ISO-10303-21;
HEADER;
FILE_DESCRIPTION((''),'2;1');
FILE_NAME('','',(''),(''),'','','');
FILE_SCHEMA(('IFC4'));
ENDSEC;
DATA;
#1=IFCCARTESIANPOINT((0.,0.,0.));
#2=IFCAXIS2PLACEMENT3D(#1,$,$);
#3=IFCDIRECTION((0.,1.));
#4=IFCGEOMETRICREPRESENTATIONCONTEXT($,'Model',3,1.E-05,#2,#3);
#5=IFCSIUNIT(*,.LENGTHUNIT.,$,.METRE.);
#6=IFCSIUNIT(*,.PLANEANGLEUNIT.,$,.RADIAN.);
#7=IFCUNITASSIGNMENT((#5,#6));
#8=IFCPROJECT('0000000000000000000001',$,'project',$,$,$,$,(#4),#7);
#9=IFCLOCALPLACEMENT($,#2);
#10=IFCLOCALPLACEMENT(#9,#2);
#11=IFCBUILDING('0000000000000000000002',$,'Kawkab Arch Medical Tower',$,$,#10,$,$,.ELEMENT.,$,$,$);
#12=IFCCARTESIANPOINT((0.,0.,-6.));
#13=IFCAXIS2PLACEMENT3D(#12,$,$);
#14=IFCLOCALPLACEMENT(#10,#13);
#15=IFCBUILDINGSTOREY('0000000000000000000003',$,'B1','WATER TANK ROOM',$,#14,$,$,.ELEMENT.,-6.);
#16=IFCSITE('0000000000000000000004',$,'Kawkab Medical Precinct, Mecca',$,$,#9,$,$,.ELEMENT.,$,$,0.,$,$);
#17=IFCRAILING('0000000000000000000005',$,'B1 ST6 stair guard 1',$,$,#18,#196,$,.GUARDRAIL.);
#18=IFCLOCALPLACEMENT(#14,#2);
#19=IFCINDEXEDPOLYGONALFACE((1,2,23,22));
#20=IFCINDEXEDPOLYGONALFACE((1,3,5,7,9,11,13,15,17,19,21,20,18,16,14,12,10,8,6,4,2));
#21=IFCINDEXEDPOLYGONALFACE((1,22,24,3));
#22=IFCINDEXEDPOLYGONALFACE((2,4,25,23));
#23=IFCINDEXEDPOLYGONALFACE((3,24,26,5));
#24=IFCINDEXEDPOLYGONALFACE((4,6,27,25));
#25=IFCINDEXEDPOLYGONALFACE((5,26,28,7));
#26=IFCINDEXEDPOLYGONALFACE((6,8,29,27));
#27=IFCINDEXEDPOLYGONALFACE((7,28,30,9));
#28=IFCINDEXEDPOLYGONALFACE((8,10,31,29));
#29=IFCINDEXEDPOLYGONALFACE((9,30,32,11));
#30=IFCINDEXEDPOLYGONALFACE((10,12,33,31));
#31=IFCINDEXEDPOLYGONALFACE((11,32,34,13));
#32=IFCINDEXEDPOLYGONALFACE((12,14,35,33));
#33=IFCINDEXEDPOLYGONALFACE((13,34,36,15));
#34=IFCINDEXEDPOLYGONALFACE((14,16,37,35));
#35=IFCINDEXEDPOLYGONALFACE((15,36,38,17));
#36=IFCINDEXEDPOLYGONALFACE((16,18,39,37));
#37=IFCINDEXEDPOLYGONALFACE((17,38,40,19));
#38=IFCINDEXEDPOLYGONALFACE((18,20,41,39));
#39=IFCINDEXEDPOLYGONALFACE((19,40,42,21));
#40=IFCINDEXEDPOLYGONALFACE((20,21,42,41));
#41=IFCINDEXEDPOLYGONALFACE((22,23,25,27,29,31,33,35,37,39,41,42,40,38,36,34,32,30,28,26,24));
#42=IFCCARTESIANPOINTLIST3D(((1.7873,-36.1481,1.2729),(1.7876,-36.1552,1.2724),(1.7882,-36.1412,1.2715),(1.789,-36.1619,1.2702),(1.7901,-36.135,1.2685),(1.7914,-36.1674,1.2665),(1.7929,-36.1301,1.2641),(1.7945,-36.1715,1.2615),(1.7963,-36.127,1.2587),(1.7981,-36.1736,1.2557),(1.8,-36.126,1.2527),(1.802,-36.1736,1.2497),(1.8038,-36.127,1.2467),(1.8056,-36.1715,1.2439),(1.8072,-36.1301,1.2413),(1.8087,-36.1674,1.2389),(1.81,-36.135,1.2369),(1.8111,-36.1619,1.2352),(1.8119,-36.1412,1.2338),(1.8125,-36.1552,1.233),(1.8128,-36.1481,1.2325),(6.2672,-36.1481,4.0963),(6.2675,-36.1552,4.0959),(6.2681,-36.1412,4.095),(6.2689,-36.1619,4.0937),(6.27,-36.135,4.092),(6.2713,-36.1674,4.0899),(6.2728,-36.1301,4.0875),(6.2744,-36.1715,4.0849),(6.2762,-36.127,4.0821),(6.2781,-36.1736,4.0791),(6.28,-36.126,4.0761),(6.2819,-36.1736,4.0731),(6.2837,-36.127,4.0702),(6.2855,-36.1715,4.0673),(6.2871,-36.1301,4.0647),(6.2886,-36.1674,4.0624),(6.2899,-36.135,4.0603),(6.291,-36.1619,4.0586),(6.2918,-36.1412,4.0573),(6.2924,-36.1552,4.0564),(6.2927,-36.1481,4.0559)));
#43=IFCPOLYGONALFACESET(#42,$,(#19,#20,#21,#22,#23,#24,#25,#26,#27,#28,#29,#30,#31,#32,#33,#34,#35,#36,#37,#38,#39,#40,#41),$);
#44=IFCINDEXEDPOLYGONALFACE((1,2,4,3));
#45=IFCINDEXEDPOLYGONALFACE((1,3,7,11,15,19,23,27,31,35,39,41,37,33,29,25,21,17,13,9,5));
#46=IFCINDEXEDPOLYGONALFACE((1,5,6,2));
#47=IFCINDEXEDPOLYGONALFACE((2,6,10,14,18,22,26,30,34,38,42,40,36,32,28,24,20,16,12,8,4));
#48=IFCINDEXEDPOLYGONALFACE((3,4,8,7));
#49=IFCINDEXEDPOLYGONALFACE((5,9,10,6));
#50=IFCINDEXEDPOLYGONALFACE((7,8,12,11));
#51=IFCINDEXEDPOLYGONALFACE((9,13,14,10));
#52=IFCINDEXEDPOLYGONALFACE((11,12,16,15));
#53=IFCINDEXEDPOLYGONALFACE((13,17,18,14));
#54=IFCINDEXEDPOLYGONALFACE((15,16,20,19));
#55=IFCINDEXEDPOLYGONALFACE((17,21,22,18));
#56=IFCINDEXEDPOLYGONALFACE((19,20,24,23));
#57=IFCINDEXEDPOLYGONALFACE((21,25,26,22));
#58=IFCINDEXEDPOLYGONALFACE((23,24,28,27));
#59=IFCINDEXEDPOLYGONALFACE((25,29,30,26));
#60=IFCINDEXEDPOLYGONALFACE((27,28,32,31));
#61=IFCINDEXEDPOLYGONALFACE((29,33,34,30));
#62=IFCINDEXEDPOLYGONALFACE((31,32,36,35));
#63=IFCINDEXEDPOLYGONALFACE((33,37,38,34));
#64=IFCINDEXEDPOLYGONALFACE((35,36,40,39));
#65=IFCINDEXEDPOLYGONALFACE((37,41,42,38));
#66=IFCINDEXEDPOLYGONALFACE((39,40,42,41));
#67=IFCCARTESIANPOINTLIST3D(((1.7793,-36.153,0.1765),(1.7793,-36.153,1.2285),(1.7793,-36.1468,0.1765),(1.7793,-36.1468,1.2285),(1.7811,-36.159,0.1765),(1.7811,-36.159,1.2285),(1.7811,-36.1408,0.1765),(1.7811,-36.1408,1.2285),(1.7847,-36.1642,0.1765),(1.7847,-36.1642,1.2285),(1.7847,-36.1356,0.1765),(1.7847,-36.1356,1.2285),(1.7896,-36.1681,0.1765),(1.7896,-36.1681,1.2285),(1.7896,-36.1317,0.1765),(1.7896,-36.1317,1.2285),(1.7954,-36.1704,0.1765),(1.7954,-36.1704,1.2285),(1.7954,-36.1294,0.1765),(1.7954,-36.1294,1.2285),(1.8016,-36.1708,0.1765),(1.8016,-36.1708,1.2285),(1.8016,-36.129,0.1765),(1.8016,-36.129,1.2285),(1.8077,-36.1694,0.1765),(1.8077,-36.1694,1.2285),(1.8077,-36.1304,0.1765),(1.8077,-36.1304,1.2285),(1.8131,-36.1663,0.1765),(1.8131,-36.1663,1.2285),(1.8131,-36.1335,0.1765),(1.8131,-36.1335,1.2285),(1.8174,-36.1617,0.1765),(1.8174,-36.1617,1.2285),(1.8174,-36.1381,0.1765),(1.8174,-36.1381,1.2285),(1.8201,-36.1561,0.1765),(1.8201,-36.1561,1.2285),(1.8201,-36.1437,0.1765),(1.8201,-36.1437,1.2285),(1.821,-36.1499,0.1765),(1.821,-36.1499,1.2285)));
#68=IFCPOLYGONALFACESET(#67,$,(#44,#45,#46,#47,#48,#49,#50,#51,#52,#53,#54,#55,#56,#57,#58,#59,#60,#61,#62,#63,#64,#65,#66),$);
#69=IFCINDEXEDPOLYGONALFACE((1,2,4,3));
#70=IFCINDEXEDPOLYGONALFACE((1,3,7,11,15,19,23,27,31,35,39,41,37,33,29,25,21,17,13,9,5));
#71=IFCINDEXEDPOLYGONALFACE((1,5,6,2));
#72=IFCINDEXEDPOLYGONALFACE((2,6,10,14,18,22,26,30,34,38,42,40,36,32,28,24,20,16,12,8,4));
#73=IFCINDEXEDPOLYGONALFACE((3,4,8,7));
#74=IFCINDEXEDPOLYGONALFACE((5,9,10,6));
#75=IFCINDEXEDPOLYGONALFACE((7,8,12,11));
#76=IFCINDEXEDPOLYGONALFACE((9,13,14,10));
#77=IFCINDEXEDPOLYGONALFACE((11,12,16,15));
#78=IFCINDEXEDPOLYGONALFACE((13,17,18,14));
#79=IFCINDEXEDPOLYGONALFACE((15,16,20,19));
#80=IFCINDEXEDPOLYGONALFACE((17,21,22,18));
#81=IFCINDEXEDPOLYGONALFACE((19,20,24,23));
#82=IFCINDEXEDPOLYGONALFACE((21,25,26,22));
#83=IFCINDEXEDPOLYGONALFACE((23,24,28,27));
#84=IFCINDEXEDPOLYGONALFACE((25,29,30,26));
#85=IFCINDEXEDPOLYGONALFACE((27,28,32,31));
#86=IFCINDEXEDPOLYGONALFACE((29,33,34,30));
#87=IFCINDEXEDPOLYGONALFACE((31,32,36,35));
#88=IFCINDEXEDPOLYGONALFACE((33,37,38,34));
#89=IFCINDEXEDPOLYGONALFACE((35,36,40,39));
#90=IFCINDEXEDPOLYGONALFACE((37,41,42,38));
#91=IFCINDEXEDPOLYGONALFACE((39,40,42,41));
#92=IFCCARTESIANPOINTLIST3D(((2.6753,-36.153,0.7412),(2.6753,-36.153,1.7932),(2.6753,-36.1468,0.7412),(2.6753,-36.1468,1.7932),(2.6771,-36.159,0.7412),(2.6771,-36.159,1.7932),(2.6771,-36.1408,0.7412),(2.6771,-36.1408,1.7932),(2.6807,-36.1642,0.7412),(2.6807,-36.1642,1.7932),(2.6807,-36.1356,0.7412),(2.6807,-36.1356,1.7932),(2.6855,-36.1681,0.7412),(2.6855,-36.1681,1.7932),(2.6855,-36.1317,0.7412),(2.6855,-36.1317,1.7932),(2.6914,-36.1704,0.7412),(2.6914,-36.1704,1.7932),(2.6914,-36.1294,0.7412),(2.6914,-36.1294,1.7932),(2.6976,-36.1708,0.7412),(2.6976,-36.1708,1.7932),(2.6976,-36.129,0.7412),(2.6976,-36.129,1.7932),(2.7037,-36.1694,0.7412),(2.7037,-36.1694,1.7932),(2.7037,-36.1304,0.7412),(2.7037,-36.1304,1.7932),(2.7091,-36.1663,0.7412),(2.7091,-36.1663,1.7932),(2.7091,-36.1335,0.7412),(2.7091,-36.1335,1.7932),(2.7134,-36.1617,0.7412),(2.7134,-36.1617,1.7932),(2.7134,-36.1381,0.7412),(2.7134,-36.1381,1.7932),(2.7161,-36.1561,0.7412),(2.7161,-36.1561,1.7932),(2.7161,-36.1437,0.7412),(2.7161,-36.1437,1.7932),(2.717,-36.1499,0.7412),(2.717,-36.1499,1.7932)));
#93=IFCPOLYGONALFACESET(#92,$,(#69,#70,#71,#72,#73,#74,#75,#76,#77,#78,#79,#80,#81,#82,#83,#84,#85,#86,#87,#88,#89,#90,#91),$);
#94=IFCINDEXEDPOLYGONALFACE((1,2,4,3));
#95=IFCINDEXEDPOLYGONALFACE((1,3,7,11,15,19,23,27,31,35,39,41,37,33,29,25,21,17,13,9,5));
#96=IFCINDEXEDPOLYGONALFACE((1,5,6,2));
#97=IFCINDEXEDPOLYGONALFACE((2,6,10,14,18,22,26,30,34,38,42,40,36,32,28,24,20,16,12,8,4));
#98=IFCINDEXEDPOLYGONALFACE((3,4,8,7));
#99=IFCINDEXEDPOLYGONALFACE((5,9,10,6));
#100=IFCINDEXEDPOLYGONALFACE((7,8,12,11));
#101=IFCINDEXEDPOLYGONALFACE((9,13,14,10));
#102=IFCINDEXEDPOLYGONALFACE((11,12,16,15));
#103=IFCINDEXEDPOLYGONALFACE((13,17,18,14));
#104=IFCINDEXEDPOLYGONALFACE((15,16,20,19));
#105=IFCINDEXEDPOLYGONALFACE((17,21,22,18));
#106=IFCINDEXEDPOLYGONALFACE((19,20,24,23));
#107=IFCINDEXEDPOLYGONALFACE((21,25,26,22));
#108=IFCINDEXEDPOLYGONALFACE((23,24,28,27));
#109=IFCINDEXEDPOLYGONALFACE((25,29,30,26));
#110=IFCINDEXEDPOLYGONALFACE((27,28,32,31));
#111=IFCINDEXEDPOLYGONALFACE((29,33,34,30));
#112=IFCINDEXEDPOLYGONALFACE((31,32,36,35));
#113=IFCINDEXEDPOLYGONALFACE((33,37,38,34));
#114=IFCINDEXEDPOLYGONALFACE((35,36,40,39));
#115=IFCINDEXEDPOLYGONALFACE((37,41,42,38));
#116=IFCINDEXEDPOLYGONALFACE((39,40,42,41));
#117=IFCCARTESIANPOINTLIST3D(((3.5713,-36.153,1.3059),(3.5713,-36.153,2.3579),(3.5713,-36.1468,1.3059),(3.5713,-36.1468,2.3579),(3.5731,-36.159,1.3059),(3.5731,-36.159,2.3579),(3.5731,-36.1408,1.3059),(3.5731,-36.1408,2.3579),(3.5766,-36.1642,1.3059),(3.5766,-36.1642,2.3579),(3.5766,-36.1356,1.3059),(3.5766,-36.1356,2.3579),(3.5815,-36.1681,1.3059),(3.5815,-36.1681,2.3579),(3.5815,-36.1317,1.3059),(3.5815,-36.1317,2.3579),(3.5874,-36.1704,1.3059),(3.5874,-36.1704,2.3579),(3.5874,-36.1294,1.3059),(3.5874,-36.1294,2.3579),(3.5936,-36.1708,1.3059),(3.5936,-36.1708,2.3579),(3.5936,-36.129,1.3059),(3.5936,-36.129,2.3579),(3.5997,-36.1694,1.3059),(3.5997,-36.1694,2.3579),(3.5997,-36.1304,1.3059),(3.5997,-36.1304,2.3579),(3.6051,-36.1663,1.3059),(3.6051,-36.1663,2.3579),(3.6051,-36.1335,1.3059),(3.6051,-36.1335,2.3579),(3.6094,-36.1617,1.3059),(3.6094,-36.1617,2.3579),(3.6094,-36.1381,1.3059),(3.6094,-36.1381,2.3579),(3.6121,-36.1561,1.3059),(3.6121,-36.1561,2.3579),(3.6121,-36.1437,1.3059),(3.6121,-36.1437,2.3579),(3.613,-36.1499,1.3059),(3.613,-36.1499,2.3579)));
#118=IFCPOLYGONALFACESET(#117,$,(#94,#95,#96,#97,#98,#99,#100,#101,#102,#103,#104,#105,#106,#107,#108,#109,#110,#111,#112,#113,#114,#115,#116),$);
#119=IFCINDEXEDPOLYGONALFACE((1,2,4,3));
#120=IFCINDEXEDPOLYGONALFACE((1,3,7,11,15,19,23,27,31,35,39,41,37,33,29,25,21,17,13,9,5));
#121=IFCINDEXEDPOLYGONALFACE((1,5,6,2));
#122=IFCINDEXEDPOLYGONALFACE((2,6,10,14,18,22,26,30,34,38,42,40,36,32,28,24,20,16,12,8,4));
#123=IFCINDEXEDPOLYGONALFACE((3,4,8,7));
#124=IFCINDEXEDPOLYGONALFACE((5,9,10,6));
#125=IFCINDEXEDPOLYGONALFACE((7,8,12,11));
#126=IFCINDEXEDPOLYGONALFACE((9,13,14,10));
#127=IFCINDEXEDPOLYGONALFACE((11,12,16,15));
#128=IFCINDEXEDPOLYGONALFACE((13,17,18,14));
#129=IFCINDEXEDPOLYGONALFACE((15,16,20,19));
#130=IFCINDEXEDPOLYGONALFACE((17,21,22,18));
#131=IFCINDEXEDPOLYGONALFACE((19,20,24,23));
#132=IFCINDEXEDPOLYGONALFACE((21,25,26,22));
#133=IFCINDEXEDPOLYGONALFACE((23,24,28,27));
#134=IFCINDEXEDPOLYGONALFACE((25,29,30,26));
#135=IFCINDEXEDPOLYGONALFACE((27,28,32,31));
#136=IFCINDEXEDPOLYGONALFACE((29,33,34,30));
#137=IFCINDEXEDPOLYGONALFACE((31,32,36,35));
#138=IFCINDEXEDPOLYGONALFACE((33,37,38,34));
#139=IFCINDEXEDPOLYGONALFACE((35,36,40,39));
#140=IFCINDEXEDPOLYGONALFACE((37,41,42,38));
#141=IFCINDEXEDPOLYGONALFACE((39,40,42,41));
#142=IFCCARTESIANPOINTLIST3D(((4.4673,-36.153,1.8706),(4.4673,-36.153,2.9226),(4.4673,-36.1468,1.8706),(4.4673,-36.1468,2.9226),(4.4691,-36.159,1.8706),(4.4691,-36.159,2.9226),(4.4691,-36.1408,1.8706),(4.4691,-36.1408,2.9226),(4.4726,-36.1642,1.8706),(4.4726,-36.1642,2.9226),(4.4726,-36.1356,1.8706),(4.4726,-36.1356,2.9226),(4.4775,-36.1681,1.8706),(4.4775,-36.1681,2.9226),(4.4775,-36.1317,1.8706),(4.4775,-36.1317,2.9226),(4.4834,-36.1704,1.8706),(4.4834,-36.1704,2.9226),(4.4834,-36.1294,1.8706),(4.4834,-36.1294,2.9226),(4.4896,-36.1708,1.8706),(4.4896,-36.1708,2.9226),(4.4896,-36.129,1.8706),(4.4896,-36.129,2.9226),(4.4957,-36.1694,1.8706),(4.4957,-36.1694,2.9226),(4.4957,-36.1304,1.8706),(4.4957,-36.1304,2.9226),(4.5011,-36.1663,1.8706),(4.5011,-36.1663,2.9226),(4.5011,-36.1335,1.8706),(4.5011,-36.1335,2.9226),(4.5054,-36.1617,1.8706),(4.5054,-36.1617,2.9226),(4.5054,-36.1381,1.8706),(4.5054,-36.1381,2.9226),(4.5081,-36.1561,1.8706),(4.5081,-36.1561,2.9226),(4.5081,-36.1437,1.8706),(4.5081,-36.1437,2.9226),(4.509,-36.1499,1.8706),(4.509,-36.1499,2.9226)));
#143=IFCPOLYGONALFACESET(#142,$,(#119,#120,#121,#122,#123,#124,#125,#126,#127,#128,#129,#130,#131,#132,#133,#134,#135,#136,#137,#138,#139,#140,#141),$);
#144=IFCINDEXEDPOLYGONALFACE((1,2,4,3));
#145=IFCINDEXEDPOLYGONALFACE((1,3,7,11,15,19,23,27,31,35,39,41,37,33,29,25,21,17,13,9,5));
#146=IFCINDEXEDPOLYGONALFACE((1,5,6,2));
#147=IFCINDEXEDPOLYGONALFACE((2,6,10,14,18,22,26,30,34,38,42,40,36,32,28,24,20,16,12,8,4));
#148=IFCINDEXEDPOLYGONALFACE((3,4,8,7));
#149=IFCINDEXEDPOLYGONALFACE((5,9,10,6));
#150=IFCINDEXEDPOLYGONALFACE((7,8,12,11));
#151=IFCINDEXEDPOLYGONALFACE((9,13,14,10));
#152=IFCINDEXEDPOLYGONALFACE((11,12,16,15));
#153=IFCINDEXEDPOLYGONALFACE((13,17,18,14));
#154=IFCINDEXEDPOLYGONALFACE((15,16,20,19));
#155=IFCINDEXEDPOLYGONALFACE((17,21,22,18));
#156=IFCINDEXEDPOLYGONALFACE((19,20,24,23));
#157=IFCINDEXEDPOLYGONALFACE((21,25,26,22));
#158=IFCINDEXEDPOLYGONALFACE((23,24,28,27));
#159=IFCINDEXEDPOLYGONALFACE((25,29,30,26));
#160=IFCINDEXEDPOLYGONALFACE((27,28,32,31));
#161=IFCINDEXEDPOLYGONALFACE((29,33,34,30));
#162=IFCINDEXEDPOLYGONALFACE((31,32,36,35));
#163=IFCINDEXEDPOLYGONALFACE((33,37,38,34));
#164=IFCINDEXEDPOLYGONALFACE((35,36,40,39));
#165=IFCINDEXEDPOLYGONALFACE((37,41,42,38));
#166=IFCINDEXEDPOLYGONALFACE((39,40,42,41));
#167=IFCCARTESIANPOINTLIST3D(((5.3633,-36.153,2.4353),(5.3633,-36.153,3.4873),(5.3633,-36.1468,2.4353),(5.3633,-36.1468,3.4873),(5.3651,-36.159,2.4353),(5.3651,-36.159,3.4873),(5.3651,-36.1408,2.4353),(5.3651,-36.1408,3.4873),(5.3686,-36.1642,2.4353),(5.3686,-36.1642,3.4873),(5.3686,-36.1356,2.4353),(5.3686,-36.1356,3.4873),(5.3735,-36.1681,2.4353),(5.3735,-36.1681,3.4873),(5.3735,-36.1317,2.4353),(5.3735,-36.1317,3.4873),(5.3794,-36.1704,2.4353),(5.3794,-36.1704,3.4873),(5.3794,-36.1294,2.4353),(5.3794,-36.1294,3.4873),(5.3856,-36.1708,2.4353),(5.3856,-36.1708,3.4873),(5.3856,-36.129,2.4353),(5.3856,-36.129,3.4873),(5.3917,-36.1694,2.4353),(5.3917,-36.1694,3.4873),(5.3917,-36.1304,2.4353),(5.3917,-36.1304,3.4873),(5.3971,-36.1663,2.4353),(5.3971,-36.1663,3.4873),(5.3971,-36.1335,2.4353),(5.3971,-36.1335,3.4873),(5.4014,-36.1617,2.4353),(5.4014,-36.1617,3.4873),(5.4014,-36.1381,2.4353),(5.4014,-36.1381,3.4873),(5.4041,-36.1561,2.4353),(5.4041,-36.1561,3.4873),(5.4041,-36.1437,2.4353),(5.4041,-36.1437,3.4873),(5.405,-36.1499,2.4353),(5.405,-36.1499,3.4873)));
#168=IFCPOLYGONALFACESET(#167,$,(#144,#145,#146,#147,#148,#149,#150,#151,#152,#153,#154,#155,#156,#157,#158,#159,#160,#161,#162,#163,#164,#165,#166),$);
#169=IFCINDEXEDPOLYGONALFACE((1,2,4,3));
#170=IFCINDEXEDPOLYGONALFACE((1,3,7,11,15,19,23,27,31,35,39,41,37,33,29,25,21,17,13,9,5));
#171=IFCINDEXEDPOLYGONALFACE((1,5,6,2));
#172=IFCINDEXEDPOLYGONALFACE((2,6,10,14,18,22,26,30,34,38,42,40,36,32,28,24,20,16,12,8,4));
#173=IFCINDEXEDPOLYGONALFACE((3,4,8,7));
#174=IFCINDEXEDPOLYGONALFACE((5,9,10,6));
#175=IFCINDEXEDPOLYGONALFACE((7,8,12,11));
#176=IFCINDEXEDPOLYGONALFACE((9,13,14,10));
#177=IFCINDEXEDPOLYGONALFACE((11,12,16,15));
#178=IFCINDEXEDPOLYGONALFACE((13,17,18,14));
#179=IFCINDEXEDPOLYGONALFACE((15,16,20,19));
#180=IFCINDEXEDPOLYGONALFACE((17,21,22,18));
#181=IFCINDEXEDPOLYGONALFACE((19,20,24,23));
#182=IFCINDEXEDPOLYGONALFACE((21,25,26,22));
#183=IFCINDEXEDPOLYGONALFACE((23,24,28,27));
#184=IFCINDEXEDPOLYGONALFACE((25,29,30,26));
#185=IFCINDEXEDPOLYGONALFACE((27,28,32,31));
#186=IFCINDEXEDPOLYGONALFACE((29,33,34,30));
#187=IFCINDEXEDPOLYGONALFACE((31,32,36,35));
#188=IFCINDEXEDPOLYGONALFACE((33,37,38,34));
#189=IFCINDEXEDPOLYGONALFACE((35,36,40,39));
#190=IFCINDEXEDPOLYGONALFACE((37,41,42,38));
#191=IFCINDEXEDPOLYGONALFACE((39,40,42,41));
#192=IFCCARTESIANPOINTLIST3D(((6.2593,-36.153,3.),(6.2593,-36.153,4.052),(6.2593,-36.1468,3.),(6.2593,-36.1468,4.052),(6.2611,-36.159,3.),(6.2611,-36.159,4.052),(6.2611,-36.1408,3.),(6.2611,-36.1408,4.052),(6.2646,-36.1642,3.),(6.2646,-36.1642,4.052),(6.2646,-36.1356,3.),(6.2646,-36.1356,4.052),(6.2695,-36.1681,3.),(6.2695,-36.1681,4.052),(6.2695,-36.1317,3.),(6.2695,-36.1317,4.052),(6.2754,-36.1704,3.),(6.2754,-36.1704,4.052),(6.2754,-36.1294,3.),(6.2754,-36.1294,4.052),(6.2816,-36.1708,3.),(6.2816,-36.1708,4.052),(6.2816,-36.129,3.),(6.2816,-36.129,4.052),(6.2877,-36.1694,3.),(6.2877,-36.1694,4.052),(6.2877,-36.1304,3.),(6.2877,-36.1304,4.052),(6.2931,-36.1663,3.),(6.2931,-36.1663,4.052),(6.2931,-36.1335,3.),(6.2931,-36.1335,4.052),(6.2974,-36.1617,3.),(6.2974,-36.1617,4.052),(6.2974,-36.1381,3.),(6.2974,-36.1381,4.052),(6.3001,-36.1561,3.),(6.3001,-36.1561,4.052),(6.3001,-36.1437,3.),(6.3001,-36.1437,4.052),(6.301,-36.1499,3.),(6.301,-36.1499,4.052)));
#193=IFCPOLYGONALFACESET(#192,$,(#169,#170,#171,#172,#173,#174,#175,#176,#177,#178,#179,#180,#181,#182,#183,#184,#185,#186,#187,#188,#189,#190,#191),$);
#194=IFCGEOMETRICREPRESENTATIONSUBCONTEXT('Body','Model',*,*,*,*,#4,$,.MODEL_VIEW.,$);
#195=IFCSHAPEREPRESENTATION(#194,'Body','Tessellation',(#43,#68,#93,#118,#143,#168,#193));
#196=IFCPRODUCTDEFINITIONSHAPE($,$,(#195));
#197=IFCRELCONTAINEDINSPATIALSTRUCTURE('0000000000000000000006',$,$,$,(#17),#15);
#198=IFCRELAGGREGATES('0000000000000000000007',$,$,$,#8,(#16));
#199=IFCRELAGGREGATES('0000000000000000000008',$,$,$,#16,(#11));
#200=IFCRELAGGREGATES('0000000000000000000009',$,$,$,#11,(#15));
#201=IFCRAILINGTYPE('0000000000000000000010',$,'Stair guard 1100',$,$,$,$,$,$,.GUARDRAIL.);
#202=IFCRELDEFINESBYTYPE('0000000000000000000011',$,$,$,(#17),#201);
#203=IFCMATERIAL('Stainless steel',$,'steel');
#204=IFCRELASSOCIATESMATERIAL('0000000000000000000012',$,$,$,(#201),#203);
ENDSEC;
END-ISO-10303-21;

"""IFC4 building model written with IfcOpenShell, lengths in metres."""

from ifc_helpers import new_model, si_unit, direction, frame, origin, origin_2d, place, context, subcontext, project, spatial, circle, extrude, material, type_object, element, save


model = new_model("IFC4")

# Units and contexts
model_context = context("Model", 3, precision=1e-05, world=origin(), true_north=direction((0.0, 1.0)))
body_context = subcontext(model_context, "Body", "Model", "MODEL_VIEW")
ifc_project = project(units=[si_unit("LENGTHUNIT", "METRE"), si_unit("PLANEANGLEUNIT", "RADIAN")], contexts=[model_context])

# Site, building, storey
site_placement = place(None, origin())
site = spatial("IfcSite", under=ifc_project, at=site_placement, Name="Kawkab Medical Precinct, Mecca", CompositionType="ELEMENT", RefElevation=0.0)
building_placement = place(site_placement, origin())
building = spatial("IfcBuilding", under=site, at=building_placement, Name="Kawkab Arch Medical Tower", CompositionType="ELEMENT")
storey_placement = place(building_placement, frame((0.0, 0.0, -6.0)))
storey = spatial("IfcBuildingStorey", under=building, at=storey_placement, Name="B1", Description="WATER TANK ROOM", CompositionType="ELEMENT", Elevation=-6.0)

# Railing
ifc_material_1 = material(Name="Stainless steel", Category="steel")
railing_type = type_object("IfcRailingType", Name="Stair guard 1100", PredefinedType="GUARDRAIL", material=ifc_material_1)
railing_1_placement = place(storey_placement, frame((1.8, -36.1499, 0.1765)))
element("IfcRailing", 1, at=railing_1_placement, inside=storey, type_object=railing_type, Name="B1 ST6 stair guard 1", PredefinedType="GUARDRAIL", context=body_context, shape_type="SweptSolid", body=[
    extrude(circle(Radius=0.0239, at=origin_2d()), frame((0.0, 0.0, 1.0762), z_axis=(0.845998, 0.0, 0.533186), x_axis=(0.0, 1.0, 0.0)), (0.0, 0.0, 1.0), 5.2954),
    extrude(circle(Radius=0.021, at=origin_2d()), origin(), (0.0, 0.0, 1.0), 1.052),
    extrude(circle(Radius=0.021, at=origin_2d()), frame((0.896, 0.0, 0.5647)), (0.0, 0.0, 1.0), 1.052),
    extrude(circle(Radius=0.021, at=origin_2d()), frame((1.792, 0.0, 1.1294)), (0.0, 0.0, 1.0), 1.052),
    extrude(circle(Radius=0.021, at=origin_2d()), frame((2.688, 0.0, 1.6941)), (0.0, 0.0, 1.0), 1.052),
    extrude(circle(Radius=0.021, at=origin_2d()), frame((3.584, 0.0, 2.2588)), (0.0, 0.0, 1.0), 1.052),
    extrude(circle(Radius=0.021, at=origin_2d()), frame((4.48, 0.0, 2.8235)), (0.0, 0.0, 1.0), 1.052),
])

save(model, "model.ifc")
